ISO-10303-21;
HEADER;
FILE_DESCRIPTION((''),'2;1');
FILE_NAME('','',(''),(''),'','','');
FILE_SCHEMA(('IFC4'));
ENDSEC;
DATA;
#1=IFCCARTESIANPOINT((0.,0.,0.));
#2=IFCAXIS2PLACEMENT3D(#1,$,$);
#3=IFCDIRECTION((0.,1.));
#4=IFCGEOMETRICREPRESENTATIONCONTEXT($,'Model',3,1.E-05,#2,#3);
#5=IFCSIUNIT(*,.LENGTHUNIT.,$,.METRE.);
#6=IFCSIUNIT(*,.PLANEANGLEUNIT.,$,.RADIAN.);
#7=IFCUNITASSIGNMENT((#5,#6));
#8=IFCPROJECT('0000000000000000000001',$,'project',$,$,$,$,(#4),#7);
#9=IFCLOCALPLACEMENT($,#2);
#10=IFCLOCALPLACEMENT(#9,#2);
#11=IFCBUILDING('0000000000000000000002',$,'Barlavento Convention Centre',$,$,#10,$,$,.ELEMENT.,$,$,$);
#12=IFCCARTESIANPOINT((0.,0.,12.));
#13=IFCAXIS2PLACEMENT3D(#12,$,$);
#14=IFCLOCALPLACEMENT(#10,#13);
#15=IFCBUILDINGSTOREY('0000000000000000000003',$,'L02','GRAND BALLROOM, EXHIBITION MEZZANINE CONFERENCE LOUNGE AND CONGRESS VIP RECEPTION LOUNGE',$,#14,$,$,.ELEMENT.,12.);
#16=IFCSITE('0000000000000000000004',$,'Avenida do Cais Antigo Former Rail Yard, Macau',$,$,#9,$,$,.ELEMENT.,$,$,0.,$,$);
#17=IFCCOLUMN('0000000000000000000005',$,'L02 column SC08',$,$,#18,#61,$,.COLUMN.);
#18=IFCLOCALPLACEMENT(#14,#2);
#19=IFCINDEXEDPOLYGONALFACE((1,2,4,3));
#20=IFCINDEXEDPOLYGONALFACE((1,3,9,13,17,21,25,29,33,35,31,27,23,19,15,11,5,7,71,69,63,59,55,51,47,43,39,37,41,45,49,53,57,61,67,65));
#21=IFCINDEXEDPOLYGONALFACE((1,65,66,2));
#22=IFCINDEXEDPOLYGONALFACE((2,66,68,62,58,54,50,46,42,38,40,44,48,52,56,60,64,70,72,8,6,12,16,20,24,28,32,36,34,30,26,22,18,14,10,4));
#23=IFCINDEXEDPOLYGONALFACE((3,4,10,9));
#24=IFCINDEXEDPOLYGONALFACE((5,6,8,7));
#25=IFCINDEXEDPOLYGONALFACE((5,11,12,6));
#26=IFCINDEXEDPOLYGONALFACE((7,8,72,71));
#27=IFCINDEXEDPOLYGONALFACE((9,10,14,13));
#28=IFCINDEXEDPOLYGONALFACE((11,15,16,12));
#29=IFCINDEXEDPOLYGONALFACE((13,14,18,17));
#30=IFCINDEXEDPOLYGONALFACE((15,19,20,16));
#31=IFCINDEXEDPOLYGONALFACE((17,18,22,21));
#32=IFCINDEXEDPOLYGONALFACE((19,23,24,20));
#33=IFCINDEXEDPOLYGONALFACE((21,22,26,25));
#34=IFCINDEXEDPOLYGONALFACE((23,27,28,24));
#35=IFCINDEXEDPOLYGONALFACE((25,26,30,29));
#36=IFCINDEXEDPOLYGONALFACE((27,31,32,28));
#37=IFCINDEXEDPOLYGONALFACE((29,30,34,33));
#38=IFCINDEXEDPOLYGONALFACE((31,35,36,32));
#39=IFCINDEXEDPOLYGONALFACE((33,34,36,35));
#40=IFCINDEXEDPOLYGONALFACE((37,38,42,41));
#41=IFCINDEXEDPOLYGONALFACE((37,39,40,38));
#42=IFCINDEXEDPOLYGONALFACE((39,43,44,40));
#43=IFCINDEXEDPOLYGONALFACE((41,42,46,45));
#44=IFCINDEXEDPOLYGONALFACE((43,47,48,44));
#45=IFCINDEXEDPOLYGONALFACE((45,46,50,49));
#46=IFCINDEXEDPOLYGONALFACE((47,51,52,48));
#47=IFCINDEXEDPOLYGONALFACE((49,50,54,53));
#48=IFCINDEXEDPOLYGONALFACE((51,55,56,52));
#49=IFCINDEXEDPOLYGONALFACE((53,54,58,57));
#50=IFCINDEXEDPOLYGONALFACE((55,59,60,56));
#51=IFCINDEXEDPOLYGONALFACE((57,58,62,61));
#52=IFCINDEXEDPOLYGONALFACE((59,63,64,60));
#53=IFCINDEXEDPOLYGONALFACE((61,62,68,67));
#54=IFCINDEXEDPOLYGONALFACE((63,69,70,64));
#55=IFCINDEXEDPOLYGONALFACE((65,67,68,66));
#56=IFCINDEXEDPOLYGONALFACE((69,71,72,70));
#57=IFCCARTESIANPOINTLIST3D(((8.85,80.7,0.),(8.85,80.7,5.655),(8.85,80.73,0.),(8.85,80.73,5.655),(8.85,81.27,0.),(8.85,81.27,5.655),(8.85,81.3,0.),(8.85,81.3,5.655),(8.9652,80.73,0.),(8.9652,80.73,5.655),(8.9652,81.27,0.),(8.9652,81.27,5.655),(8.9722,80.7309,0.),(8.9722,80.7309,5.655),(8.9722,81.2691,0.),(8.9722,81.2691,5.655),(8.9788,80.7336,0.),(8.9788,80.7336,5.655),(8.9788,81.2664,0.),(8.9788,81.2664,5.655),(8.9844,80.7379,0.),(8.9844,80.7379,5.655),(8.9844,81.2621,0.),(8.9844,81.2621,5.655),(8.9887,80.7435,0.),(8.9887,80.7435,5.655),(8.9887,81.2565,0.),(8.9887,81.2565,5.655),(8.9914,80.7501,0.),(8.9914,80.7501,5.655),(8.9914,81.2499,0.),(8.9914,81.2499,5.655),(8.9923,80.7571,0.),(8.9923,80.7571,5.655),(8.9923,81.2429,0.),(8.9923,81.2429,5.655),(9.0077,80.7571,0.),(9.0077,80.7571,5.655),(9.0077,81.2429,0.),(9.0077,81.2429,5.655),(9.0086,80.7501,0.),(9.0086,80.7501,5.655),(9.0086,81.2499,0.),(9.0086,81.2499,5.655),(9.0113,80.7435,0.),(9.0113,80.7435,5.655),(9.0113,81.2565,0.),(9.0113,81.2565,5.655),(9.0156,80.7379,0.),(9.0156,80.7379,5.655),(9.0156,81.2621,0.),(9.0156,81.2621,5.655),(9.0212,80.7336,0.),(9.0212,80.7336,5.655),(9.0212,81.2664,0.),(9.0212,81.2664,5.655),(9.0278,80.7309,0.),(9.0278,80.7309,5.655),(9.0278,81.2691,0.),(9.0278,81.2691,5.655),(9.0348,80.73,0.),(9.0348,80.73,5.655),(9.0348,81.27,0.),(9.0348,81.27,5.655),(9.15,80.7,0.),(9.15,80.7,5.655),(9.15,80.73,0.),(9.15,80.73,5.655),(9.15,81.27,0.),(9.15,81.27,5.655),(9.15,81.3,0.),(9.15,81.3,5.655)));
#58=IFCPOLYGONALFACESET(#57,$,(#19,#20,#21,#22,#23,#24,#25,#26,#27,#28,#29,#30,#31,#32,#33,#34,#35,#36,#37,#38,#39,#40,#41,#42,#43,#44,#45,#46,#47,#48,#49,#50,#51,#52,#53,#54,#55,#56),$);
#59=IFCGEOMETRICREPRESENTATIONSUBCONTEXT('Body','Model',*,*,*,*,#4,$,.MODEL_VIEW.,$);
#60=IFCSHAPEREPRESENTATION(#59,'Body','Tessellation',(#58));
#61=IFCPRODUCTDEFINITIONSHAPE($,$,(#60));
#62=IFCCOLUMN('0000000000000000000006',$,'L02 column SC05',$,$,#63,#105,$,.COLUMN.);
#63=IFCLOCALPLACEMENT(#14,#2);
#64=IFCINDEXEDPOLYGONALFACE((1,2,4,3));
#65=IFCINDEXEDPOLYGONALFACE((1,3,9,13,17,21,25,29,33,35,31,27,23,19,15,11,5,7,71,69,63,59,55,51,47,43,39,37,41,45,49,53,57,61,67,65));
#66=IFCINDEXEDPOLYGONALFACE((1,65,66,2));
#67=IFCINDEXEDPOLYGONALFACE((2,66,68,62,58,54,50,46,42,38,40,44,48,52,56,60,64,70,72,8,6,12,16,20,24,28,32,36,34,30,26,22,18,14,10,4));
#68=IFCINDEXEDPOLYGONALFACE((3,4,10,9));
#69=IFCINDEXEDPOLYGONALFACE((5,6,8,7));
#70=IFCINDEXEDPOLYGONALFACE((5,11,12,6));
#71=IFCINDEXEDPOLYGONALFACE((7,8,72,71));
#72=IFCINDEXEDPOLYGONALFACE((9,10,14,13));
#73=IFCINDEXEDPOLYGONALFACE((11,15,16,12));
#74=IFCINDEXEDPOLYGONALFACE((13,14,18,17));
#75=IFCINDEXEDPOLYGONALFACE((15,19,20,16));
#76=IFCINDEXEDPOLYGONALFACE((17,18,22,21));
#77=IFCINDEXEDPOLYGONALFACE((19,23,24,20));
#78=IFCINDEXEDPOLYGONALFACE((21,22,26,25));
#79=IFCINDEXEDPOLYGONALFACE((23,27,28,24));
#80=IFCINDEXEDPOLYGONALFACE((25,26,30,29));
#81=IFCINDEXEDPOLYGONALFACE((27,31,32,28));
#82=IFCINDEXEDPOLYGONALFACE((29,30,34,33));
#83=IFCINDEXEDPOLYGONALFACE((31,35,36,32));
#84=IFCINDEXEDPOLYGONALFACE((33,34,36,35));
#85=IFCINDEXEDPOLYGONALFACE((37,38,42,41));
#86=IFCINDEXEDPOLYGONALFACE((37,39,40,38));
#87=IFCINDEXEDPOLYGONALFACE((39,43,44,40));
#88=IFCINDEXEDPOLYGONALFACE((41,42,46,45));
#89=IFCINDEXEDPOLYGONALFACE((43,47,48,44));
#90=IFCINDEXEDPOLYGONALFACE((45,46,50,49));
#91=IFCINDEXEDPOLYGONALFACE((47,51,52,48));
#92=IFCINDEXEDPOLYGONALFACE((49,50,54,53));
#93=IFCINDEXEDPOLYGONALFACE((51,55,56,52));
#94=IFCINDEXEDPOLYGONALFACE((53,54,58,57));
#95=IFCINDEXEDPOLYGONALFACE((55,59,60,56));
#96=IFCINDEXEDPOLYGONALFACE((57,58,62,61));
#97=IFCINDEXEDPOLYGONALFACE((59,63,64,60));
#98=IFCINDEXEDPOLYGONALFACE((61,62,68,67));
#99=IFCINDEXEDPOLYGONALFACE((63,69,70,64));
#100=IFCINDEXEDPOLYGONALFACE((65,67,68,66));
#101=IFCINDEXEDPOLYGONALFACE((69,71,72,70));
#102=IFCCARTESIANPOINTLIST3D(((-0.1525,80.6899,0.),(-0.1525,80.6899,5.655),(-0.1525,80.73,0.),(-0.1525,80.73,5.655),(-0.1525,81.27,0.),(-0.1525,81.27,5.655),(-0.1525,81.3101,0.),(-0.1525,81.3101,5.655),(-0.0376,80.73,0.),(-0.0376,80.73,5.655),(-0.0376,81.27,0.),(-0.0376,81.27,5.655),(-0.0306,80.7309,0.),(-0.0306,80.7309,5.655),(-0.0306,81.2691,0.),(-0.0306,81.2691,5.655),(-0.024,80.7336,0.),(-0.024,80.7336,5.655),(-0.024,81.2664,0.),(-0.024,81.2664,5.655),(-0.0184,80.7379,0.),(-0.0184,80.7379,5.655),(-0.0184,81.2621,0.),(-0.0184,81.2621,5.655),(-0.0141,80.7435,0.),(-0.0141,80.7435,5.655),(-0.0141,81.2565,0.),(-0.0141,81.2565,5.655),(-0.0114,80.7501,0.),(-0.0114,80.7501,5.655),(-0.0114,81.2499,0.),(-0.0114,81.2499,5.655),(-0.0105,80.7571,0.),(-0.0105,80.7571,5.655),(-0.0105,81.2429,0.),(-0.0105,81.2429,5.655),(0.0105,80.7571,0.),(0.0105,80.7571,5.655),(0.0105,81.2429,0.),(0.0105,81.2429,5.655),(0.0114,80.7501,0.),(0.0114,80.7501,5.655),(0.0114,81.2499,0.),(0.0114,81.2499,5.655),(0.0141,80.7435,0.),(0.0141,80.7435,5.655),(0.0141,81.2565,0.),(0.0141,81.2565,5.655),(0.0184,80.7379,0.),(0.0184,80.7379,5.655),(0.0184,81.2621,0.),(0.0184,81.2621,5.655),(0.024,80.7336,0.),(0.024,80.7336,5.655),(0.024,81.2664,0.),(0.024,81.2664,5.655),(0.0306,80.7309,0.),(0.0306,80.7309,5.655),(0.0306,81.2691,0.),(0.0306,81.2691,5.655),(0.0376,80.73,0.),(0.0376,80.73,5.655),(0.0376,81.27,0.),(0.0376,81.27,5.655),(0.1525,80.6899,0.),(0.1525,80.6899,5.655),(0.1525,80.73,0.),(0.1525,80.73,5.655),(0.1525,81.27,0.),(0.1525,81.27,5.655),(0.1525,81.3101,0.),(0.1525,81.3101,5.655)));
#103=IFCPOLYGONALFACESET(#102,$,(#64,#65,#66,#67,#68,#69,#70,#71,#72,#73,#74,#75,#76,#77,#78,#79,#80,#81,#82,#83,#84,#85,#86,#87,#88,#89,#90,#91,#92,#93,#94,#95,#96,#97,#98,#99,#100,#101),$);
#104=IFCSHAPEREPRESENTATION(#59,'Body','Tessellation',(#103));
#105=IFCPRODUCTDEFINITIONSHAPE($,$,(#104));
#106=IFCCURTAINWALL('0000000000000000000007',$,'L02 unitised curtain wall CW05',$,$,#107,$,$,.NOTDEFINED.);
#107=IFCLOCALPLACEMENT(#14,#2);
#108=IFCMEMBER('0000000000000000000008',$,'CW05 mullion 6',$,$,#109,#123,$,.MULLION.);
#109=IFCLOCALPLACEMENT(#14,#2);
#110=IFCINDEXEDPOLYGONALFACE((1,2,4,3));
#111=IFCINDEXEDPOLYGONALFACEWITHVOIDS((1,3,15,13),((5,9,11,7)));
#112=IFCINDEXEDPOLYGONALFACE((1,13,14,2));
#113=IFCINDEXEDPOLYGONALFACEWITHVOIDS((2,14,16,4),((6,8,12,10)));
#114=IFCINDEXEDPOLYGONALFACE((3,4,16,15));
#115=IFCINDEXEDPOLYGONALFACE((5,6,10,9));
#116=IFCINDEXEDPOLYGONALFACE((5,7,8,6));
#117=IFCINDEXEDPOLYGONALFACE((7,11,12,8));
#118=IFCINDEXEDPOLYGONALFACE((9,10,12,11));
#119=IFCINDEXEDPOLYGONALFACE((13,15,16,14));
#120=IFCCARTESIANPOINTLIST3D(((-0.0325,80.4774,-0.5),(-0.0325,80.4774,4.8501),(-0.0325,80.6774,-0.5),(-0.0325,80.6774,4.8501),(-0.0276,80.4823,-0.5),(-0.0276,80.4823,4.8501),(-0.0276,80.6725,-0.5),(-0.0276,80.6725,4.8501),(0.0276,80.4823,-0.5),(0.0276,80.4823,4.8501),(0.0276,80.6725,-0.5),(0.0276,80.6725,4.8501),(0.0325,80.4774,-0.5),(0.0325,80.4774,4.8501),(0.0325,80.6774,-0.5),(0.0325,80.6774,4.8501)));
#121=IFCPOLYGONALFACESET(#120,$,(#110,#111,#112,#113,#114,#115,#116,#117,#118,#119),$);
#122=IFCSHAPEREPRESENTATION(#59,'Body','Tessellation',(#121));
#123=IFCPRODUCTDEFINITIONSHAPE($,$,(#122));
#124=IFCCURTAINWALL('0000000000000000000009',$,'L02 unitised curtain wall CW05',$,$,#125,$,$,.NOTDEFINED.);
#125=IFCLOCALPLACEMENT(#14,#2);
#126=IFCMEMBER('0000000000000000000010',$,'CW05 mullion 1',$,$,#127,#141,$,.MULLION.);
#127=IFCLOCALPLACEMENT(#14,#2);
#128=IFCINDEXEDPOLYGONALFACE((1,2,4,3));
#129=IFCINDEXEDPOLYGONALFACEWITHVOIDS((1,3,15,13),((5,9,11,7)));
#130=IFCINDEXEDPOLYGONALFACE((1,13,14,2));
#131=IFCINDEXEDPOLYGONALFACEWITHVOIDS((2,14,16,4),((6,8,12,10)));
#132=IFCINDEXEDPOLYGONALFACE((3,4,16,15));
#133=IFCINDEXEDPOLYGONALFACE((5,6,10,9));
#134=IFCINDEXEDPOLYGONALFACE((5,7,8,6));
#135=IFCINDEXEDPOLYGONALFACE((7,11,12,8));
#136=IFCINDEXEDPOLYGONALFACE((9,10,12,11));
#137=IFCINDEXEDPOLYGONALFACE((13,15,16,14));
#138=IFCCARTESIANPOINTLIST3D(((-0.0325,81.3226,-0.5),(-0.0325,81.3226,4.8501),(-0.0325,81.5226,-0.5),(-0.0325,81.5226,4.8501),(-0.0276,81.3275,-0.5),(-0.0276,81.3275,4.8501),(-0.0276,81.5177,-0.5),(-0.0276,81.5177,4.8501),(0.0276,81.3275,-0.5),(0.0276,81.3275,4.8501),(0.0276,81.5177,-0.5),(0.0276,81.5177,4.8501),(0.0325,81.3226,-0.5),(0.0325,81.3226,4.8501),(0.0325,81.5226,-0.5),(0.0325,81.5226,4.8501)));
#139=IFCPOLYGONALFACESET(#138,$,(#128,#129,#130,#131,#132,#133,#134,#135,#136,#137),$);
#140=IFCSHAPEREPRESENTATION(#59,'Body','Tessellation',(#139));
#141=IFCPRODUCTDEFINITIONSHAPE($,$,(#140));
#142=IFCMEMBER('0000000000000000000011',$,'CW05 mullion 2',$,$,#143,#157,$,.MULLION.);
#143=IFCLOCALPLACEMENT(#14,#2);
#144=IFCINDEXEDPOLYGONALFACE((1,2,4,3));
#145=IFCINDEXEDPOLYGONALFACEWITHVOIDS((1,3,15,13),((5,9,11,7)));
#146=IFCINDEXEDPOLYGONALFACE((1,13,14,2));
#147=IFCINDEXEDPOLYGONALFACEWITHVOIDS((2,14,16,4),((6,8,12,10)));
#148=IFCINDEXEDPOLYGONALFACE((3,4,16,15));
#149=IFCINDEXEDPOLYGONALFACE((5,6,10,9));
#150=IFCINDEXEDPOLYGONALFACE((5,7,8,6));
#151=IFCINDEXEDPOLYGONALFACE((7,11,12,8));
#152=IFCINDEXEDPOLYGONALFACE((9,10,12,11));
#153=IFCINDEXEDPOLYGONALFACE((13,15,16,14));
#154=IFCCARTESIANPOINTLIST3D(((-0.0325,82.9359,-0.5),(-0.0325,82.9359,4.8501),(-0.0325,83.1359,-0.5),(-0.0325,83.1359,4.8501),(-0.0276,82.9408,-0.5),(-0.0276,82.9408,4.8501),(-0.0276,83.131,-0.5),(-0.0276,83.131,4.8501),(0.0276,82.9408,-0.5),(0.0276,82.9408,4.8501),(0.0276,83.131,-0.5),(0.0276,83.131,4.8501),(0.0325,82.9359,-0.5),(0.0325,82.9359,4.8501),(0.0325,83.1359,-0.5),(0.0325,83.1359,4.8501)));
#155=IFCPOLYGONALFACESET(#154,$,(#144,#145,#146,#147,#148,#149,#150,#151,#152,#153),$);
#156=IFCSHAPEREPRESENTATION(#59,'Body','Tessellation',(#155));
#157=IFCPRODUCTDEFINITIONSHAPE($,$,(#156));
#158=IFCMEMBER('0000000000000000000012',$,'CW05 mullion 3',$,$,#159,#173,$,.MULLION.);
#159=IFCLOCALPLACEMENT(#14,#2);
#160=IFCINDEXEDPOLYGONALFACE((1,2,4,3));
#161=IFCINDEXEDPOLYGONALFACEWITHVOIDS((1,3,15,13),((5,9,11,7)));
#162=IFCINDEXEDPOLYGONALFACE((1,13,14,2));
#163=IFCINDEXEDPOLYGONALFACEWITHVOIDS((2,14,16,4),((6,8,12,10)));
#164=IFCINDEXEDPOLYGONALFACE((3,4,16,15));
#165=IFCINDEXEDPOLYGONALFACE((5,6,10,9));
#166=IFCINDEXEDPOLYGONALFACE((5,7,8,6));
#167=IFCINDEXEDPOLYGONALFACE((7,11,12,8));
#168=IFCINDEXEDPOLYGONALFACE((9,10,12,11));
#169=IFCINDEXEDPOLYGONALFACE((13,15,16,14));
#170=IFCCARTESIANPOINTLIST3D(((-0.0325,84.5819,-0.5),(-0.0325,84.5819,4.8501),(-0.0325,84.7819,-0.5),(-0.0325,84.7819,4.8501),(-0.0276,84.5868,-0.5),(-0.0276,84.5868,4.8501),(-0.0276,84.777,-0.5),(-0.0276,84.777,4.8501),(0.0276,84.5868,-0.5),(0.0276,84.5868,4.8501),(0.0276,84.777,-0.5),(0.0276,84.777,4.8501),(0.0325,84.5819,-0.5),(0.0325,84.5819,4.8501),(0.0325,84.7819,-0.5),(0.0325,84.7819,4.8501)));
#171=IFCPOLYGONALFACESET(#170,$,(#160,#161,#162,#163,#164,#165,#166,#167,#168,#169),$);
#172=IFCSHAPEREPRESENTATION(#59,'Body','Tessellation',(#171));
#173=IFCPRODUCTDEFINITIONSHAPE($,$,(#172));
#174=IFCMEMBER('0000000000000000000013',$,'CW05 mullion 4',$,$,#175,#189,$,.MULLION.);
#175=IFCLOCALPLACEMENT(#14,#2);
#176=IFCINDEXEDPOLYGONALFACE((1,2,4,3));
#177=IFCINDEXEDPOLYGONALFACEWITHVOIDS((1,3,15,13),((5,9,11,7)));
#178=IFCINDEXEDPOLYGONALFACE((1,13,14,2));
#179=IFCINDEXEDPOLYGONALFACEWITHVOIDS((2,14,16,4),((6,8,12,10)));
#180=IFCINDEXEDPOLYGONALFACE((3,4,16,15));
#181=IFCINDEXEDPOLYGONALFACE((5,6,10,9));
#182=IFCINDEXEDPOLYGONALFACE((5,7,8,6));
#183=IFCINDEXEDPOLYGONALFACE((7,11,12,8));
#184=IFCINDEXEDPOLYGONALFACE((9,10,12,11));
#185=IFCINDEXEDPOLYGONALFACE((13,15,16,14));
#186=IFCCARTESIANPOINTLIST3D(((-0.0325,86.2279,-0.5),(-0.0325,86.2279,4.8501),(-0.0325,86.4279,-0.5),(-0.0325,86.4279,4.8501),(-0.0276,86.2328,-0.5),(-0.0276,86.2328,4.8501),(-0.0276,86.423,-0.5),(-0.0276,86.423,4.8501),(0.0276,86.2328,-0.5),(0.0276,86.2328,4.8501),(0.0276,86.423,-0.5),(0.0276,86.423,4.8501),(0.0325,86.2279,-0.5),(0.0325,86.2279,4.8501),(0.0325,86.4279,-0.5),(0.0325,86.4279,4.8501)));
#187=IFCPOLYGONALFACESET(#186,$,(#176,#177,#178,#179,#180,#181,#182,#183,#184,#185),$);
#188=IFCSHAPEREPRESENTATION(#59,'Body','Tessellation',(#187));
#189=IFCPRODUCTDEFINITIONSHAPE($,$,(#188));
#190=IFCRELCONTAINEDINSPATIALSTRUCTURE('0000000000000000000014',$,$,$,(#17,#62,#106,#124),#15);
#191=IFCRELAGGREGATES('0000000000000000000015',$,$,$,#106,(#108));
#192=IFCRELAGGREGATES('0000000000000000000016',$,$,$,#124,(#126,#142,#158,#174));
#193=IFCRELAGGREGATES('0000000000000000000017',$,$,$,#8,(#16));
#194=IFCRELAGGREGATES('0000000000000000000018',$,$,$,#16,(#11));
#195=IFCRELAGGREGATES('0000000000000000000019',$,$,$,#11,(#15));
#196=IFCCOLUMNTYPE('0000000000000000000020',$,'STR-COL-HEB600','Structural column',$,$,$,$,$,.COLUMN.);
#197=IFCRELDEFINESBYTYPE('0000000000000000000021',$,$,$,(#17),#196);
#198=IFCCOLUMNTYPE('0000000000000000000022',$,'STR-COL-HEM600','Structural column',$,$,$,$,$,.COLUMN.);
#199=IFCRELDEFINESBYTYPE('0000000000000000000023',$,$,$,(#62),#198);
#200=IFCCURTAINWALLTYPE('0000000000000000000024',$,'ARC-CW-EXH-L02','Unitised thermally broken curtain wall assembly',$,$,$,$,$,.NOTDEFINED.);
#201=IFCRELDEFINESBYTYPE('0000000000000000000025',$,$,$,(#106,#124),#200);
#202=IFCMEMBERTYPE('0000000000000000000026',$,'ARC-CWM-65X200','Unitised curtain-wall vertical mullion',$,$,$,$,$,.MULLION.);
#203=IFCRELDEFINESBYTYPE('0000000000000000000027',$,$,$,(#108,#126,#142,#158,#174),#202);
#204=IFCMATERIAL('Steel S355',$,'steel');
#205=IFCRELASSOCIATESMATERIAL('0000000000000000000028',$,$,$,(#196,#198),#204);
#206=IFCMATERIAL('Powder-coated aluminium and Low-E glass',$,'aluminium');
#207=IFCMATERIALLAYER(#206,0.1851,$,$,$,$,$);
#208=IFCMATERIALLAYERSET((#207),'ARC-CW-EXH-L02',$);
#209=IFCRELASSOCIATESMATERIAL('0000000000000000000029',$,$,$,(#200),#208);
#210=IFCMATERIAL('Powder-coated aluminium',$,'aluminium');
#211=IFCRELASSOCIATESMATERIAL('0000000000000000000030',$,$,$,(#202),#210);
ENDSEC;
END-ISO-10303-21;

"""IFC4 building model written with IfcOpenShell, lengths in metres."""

from ifc_helpers import new_model, si_unit, direction, frame, origin, origin_2d, place, context, subcontext, project, spatial, hollow_rectangle, i_section, extrude, material, layer, layer_set, material_profile, profile_set, type_object, element, aggregate, save


model = new_model("IFC4")

# Units and contexts
model_context = context("Model", 3, precision=1e-05, world=origin(), true_north=direction((0.0, 1.0)))
body_context = subcontext(model_context, "Body", "Model", "MODEL_VIEW")
ifc_project = project(units=[si_unit("LENGTHUNIT", "METRE"), si_unit("PLANEANGLEUNIT", "RADIAN")], contexts=[model_context])

# Site, building, storey
site_placement = place(None, origin())
site = spatial("IfcSite", under=ifc_project, at=site_placement, Name="Avenida do Cais Antigo Former Rail Yard, Macau", CompositionType="ELEMENT", RefElevation=0.0)
building_placement = place(site_placement, origin())
building = spatial("IfcBuilding", under=site, at=building_placement, Name="Barlavento Convention Centre", CompositionType="ELEMENT")
storey_placement = place(building_placement, frame((0.0, 0.0, 12.0)))
storey = spatial("IfcBuildingStorey", under=building, at=storey_placement, Name="L02", Description="GRAND BALLROOM, EXHIBITION MEZZANINE CONFERENCE LOUNGE AND CONGRESS VIP RECEPTION LOUNGE", CompositionType="ELEMENT", Elevation=12.0)

# Columns
ifc_material_1 = material(Name="Steel S355", Category="steel")
ifc_material_profile_1 = material_profile(ifc_material_1, i_section(OverallWidth=0.3, OverallDepth=0.6001, WebThickness=0.0154, FlangeThickness=0.03, FilletRadius=0.0271, at=origin_2d()), Name="HEB 600")
ifc_profile_set_1 = profile_set([ifc_material_profile_1], Name="Steel S355")
column_type_1 = type_object("IfcColumnType", Name="STR-COL-HEB600", Description="Structural column", PredefinedType="COLUMN", material=ifc_profile_set_1)
column_1_placement = place(storey_placement, frame((9.0, 81.0, 0.0), z_axis=(0.0, 0.0, 1.0), x_axis=(1.0, 0.0, 0.0)))
element("IfcColumn", 1, at=column_1_placement, inside=storey, type_object=column_type_1, Name="L02 column SC08", PredefinedType="COLUMN", context=body_context, shape_type="SweptSolid", body=[
    extrude(i_section(OverallWidth=0.3, OverallDepth=0.6001, WebThickness=0.0154, FlangeThickness=0.03, FilletRadius=0.0271, at=origin_2d()), origin(), (0.0, 0.0, 1.0), 5.655),
])
ifc_material_profile_2 = material_profile(ifc_material_1, i_section(OverallWidth=0.3049, OverallDepth=0.6201, WebThickness=0.021, FlangeThickness=0.04, FilletRadius=0.0271, at=origin_2d()), Name="HEM 600")
ifc_profile_set_2 = profile_set([ifc_material_profile_2], Name="Steel S355")
column_type_2 = type_object("IfcColumnType", Name="STR-COL-HEM600", Description="Structural column", PredefinedType="COLUMN", material=ifc_profile_set_2)
column_2_placement = place(storey_placement, frame((0.0, 81.0, 0.0), z_axis=(0.0, 0.0, 1.0), x_axis=(1.0, 0.0, 0.0)))
element("IfcColumn", 2, at=column_2_placement, inside=storey, type_object=column_type_2, Name="L02 column SC05", PredefinedType="COLUMN", context=body_context, shape_type="SweptSolid", body=[
    extrude(i_section(OverallWidth=0.3049, OverallDepth=0.6201, WebThickness=0.021, FlangeThickness=0.04, FilletRadius=0.0271, at=origin_2d()), origin(), (0.0, 0.0, 1.0), 5.655),
])

# Curtain wall, member
ifc_material_2 = material(Name="Powder-coated aluminium and Low-E glass", Category="aluminium")
ifc_layer_1 = layer(ifc_material_2, 0.1851)
ifc_layer_set_1 = layer_set([ifc_layer_1], Name="ARC-CW-EXH-L02")
curtain_wall_type = type_object("IfcCurtainWallType", Name="ARC-CW-EXH-L02", Description="Unitised thermally broken curtain wall assembly", PredefinedType="NOTDEFINED", material=ifc_layer_set_1)
curtain_wall_1_placement = place(storey_placement, origin())
curtain_wall_1 = element("IfcCurtainWall", 3, at=curtain_wall_1_placement, inside=storey, type_object=curtain_wall_type, Name="L02 unitised curtain wall CW05", PredefinedType="NOTDEFINED")
ifc_material_3 = material(Name="Powder-coated aluminium", Category="aluminium")
ifc_material_profile_3 = material_profile(ifc_material_3, hollow_rectangle(XDim=0.0649, YDim=0.2, WallThickness=0.0049, at=origin_2d()), Name="AL-MULL 65x200x5")
ifc_profile_set_3 = profile_set([ifc_material_profile_3], Name="Powder-coated aluminium")
member_type_1 = type_object("IfcMemberType", Name="ARC-CWM-65X200", Description="Unitised curtain-wall vertical mullion", PredefinedType="MULLION", material=ifc_profile_set_3)
member_1_placement = place(storey_placement, frame((0.0, 80.5774, -0.5), z_axis=(0.0, 0.0, 1.0), x_axis=(-1.0, 0.0, 0.0)))
member_1 = element("IfcMember", 4, at=member_1_placement, type_object=member_type_1, Name="CW05 mullion 6", PredefinedType="MULLION", context=body_context, shape_type="SweptSolid", body=[
    extrude(hollow_rectangle(XDim=0.0649, YDim=0.2, WallThickness=0.0049, at=origin_2d()), origin(), (0.0, 0.0, 1.0), 5.3501),
])
aggregate(curtain_wall_1, [member_1])

# Curtain wall, members
curtain_wall_2_placement = place(storey_placement, origin())
curtain_wall_2 = element("IfcCurtainWall", 5, at=curtain_wall_2_placement, inside=storey, type_object=curtain_wall_type, Name="L02 unitised curtain wall CW05", PredefinedType="NOTDEFINED")
member_2_placement = place(storey_placement, frame((0.0, 81.4226, -0.5), z_axis=(0.0, 0.0, 1.0), x_axis=(-1.0, 0.0, 0.0)))
member_2 = element("IfcMember", 6, at=member_2_placement, type_object=member_type_1, Name="CW05 mullion 1", PredefinedType="MULLION", context=body_context, shape_type="SweptSolid", body=[
    extrude(hollow_rectangle(XDim=0.0649, YDim=0.2, WallThickness=0.0049, at=origin_2d()), origin(), (0.0, 0.0, 1.0), 5.3501),
])
member_3_placement = place(storey_placement, frame((0.0, 83.0359, -0.5), z_axis=(0.0, 0.0, 1.0), x_axis=(-1.0, 0.0, 0.0)))
member_3 = element("IfcMember", 7, at=member_3_placement, type_object=member_type_1, Name="CW05 mullion 2", PredefinedType="MULLION", context=body_context, shape_type="SweptSolid", body=[
    extrude(hollow_rectangle(XDim=0.0649, YDim=0.2, WallThickness=0.0049, at=origin_2d()), origin(), (0.0, 0.0, 1.0), 5.3501),
])
member_4_placement = place(storey_placement, frame((0.0, 84.6819, -0.5), z_axis=(0.0, 0.0, 1.0), x_axis=(-1.0, 0.0, 0.0)))
member_4 = element("IfcMember", 8, at=member_4_placement, type_object=member_type_1, Name="CW05 mullion 3", PredefinedType="MULLION", context=body_context, shape_type="SweptSolid", body=[
    extrude(hollow_rectangle(XDim=0.0649, YDim=0.2, WallThickness=0.0049, at=origin_2d()), origin(), (0.0, 0.0, 1.0), 5.3501),
])
member_5_placement = place(storey_placement, frame((0.0, 86.3279, -0.5), z_axis=(0.0, 0.0, 1.0), x_axis=(-1.0, 0.0, 0.0)))
member_5 = element("IfcMember", 9, at=member_5_placement, type_object=member_type_1, Name="CW05 mullion 4", PredefinedType="MULLION", context=body_context, shape_type="SweptSolid", body=[
    extrude(hollow_rectangle(XDim=0.0649, YDim=0.2, WallThickness=0.0049, at=origin_2d()), origin(), (0.0, 0.0, 1.0), 5.3501),
])

aggregate(curtain_wall_2, [member_2, member_3, member_4, member_5])

save(model, "model.ifc")
